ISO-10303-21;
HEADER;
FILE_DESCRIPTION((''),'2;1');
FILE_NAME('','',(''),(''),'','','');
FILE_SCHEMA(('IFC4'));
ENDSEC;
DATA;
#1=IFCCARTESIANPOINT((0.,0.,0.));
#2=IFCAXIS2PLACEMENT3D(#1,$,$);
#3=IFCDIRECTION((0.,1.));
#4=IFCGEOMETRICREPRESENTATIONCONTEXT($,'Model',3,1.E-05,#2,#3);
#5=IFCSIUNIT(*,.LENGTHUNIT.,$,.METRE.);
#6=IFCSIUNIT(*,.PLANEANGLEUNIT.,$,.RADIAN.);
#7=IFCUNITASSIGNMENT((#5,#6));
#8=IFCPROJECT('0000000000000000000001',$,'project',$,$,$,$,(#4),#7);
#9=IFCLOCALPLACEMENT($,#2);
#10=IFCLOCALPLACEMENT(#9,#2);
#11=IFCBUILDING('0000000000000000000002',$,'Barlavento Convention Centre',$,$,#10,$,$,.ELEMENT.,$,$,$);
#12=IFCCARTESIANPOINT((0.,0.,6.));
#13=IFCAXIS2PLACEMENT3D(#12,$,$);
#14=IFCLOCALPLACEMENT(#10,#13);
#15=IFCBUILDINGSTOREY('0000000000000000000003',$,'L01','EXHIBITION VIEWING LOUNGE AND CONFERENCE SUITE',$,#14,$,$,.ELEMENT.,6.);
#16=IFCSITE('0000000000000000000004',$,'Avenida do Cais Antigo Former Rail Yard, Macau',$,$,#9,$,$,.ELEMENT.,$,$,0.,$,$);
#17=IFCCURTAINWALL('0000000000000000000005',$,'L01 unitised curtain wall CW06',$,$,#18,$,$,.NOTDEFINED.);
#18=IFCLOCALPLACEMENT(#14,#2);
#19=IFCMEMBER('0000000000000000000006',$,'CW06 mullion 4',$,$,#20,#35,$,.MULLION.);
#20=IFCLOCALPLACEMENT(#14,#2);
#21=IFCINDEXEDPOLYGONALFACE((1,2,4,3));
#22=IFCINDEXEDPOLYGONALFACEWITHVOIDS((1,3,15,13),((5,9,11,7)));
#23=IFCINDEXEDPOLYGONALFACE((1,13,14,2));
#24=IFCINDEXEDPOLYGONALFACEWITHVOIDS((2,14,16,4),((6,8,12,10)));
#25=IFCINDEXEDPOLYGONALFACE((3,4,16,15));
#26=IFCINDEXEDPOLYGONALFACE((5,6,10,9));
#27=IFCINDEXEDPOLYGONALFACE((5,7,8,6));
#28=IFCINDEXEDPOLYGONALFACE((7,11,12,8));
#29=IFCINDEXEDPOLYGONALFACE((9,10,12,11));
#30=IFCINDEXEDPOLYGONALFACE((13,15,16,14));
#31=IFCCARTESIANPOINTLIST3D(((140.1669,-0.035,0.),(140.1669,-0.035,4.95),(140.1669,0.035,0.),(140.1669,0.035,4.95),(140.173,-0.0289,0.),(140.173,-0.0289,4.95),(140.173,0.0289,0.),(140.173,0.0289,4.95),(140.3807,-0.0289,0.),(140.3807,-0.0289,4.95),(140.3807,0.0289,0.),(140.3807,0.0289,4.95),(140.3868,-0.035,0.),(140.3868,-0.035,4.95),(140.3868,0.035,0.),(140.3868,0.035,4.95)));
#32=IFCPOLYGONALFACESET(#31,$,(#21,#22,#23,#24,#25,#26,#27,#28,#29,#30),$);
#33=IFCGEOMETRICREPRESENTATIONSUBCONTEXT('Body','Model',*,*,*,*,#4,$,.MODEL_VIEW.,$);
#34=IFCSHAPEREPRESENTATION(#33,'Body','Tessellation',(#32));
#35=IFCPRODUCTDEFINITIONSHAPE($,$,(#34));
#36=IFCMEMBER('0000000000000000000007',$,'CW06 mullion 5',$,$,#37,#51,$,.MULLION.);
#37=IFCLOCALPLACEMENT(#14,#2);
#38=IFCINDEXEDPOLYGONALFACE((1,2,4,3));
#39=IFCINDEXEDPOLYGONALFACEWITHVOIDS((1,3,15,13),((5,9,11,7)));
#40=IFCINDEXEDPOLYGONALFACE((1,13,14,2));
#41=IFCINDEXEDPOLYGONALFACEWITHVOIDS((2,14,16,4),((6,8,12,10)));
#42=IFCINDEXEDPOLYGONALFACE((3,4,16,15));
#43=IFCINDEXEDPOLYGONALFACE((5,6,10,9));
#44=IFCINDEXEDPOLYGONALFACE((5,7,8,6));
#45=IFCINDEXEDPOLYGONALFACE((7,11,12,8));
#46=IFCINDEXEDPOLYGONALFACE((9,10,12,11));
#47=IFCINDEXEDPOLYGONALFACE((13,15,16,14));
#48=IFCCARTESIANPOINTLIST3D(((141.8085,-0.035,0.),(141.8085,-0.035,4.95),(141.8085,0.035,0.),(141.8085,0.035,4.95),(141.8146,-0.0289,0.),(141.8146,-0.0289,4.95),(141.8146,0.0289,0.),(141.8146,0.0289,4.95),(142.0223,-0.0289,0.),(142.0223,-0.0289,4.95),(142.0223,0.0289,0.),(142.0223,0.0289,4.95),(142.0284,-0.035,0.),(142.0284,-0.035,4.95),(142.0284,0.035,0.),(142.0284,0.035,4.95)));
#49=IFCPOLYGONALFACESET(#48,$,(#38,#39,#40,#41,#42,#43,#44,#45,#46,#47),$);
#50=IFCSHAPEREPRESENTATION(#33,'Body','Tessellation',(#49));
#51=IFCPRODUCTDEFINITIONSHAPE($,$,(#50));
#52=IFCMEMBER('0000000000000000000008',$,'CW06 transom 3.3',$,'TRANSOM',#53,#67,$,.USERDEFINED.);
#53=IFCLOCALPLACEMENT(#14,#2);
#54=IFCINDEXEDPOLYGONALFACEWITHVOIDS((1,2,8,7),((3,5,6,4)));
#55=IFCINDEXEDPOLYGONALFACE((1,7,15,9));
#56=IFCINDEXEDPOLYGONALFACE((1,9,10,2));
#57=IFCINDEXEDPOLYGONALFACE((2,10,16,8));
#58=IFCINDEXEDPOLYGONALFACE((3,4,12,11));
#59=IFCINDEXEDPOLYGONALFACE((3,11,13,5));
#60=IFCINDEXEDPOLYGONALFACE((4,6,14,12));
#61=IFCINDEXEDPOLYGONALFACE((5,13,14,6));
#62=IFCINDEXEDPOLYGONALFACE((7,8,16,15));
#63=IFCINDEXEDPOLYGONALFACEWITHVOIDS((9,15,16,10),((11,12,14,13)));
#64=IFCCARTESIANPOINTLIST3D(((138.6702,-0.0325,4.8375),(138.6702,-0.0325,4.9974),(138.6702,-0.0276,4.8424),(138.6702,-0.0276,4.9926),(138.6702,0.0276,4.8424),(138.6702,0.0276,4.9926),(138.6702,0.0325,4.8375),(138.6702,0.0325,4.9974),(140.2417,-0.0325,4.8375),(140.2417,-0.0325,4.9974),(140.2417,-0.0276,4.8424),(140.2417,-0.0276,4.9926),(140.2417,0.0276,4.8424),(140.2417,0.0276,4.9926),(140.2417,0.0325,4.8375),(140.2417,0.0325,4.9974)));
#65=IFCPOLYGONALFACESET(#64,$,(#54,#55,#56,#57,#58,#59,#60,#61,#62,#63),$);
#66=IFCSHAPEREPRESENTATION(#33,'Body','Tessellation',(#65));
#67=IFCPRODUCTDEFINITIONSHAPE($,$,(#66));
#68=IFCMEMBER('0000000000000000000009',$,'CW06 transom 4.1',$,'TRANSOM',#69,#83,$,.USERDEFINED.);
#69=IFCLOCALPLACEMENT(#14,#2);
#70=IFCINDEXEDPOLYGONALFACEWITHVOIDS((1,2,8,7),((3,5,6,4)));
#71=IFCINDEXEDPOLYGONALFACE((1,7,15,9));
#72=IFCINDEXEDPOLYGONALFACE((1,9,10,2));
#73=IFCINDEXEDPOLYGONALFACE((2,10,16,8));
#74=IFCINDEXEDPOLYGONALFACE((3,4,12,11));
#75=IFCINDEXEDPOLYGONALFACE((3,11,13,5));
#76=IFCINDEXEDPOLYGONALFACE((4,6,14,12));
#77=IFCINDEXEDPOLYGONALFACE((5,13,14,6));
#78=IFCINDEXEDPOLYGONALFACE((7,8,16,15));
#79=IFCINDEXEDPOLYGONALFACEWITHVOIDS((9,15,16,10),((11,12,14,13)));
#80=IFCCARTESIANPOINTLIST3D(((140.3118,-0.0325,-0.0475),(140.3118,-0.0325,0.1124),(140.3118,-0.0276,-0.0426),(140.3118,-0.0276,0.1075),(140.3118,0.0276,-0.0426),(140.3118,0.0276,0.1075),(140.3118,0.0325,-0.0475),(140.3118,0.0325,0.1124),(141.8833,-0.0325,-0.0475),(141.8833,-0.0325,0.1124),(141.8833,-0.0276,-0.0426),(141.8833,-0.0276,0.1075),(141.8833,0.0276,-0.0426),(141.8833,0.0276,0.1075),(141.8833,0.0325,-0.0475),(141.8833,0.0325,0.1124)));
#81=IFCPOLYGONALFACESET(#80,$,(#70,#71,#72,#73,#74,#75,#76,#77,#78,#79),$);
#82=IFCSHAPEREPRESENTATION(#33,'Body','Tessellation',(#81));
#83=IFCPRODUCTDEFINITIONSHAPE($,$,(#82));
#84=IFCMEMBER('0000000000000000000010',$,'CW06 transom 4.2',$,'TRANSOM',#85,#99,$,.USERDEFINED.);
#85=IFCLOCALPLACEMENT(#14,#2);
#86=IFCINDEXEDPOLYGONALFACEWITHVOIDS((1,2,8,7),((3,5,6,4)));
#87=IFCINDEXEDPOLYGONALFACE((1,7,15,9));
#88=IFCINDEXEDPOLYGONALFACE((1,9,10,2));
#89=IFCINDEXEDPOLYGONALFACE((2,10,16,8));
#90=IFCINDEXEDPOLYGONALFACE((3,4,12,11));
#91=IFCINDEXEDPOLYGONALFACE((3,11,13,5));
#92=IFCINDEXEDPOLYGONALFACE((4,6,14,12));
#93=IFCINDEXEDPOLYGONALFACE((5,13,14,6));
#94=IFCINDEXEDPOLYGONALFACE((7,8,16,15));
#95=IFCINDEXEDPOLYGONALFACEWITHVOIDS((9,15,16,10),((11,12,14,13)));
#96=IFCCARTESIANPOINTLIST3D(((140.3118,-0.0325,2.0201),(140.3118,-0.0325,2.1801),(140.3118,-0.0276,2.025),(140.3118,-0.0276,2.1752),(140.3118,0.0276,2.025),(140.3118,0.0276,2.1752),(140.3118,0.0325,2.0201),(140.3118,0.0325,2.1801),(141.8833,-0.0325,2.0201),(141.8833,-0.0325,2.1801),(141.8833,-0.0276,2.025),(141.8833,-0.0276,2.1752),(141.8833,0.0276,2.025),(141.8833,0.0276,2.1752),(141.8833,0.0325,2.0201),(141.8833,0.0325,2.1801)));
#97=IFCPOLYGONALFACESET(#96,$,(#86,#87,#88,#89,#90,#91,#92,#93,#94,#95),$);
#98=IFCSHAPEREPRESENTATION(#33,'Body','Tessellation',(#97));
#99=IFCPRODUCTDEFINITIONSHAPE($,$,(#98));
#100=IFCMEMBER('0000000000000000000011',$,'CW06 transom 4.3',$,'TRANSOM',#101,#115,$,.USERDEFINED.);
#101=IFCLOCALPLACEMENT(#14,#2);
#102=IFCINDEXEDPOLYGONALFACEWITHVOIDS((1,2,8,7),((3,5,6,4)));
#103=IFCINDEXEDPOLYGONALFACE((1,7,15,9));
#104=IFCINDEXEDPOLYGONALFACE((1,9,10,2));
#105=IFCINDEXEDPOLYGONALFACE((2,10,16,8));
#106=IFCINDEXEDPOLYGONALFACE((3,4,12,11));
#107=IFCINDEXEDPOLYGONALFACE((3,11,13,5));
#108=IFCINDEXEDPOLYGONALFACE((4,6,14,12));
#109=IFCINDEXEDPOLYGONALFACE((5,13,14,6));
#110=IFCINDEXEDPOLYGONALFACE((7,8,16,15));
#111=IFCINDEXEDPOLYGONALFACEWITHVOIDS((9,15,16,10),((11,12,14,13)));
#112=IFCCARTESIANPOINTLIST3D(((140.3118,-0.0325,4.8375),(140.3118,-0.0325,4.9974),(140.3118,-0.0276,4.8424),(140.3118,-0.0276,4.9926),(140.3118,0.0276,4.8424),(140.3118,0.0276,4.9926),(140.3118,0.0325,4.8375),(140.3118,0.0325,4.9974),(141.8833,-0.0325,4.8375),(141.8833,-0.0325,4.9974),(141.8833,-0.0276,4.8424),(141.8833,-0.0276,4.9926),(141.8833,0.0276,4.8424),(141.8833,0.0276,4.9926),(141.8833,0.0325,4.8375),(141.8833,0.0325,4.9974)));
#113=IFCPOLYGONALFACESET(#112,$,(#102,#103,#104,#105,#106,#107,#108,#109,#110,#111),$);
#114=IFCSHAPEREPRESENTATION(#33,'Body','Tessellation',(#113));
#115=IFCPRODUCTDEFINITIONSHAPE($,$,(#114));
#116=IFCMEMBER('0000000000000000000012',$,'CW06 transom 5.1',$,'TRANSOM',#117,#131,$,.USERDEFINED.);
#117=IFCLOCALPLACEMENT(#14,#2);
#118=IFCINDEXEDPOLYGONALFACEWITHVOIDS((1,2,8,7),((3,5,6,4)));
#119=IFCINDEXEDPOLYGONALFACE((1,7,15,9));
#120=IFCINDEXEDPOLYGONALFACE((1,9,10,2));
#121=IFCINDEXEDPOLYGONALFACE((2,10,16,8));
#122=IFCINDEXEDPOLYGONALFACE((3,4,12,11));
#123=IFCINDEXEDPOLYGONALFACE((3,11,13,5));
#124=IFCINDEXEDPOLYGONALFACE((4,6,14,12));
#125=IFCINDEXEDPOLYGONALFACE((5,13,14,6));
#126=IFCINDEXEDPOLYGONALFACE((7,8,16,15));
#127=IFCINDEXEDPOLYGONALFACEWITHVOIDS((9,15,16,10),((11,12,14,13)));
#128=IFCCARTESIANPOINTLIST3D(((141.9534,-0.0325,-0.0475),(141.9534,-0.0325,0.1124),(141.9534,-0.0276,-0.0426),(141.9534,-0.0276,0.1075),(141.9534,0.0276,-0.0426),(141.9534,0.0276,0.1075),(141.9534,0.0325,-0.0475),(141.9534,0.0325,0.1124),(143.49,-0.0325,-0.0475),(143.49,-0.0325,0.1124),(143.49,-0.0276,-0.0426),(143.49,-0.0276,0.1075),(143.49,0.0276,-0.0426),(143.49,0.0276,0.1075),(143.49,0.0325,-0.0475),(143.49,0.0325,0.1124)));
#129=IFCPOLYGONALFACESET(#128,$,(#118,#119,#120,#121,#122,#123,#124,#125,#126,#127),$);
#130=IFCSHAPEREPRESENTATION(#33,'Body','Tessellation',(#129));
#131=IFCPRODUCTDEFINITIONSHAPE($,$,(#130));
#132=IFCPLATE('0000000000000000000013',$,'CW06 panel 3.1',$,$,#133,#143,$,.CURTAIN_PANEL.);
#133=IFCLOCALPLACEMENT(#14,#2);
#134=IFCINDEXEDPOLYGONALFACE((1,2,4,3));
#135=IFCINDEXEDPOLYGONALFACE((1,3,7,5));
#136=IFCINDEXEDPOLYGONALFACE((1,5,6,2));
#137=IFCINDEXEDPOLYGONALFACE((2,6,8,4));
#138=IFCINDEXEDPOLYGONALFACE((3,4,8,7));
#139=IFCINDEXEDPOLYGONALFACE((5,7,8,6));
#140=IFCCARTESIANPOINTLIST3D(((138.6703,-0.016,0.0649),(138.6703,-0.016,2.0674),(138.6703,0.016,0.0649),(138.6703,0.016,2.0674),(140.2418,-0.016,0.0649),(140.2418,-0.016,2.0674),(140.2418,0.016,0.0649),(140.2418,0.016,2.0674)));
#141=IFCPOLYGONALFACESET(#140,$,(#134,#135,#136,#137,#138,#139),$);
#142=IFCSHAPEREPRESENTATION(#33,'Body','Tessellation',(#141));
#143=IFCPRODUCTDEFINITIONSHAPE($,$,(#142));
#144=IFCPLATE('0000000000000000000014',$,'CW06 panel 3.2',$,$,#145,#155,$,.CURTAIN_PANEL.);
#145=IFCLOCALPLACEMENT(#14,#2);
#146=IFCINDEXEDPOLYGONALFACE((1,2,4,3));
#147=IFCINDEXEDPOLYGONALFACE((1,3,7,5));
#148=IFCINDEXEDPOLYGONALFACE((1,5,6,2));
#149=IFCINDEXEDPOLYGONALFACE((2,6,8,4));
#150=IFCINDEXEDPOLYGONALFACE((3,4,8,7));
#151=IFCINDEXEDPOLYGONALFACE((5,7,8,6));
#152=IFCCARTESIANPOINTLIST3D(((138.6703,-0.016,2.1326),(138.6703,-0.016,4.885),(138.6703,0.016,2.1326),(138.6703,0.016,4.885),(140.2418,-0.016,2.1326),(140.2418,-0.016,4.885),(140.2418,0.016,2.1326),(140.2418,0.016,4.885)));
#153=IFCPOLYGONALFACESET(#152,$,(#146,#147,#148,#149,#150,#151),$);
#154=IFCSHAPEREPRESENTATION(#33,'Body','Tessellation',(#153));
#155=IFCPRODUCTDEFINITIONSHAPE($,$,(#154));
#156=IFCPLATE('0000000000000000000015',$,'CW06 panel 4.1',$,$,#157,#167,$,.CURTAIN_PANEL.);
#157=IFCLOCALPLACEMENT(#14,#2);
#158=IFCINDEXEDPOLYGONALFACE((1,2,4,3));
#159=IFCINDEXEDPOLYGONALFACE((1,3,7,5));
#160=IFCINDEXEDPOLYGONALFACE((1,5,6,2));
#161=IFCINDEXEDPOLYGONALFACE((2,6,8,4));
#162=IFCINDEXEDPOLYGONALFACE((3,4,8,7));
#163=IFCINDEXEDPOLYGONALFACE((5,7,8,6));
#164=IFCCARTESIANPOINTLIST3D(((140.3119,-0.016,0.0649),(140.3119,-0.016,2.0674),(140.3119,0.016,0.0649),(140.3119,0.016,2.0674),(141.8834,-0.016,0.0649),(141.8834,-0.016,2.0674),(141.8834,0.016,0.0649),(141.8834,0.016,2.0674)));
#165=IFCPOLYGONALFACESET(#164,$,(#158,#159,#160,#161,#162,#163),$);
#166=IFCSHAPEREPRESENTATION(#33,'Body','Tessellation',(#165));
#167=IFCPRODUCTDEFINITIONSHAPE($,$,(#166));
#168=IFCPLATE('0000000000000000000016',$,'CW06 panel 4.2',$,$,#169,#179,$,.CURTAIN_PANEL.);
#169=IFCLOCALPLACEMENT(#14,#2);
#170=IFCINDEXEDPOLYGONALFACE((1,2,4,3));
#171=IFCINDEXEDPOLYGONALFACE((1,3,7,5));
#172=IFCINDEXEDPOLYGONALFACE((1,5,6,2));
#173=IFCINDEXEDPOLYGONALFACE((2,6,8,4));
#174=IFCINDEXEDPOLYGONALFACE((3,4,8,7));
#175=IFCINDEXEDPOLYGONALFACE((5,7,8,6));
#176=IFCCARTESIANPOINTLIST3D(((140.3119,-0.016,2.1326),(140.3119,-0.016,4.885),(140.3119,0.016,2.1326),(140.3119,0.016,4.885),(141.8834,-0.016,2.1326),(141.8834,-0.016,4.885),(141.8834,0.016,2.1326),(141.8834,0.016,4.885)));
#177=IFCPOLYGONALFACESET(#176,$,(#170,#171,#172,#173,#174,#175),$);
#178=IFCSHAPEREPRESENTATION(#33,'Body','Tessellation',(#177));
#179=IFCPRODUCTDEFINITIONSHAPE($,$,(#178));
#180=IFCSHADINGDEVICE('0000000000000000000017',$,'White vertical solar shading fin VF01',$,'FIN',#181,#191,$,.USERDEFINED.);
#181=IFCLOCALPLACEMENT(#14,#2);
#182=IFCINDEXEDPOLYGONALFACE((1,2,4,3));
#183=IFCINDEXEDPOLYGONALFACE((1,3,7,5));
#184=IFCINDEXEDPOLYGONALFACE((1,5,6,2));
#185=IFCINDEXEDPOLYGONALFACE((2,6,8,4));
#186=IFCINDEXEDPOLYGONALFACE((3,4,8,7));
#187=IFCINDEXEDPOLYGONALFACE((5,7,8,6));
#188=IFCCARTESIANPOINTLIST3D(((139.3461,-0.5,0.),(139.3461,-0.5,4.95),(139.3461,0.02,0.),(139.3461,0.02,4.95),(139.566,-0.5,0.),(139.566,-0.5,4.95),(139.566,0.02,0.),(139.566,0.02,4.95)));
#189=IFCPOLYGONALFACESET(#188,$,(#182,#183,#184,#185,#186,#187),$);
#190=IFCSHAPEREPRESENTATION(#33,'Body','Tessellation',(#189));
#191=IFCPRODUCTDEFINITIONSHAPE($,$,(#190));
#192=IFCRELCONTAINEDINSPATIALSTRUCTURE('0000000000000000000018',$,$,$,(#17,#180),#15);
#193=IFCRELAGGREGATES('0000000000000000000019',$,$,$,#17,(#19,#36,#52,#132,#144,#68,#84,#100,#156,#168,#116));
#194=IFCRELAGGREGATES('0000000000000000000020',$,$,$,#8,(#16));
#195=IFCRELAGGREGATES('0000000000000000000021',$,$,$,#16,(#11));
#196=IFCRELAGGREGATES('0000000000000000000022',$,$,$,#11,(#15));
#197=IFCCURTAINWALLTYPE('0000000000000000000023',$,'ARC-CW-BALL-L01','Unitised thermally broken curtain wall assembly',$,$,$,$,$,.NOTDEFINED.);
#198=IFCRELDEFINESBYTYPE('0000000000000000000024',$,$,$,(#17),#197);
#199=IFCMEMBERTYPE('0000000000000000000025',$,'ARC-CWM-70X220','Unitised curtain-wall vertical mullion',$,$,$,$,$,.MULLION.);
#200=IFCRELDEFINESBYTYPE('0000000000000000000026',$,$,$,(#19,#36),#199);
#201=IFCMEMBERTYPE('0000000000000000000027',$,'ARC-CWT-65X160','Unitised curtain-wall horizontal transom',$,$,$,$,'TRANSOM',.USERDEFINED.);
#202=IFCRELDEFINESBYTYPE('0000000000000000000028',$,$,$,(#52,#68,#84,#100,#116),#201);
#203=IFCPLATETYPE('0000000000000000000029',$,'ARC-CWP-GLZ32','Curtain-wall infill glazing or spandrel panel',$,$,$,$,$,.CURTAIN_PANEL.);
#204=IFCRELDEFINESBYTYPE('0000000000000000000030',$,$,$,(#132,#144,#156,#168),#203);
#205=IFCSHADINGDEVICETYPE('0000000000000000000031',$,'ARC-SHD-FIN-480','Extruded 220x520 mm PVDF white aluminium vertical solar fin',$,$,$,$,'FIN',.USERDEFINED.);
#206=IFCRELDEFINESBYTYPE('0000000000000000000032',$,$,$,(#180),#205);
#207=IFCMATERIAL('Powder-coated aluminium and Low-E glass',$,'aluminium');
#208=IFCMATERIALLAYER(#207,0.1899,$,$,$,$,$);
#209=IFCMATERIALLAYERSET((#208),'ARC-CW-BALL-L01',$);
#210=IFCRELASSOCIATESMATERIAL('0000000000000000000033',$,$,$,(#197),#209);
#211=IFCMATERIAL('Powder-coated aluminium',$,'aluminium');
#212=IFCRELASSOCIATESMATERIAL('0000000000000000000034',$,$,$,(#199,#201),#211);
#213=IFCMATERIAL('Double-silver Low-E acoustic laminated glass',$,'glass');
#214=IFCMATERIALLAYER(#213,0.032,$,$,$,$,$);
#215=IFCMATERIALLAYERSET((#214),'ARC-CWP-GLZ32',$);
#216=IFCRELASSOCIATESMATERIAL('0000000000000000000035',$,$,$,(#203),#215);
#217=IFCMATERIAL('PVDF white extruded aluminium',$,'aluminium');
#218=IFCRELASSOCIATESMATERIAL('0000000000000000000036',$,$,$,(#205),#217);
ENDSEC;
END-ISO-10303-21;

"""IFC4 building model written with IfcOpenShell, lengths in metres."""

from ifc_helpers import new_model, si_unit, direction, frame, origin, origin_2d, place, context, subcontext, project, spatial, rectangle, hollow_rectangle, extrude, material, layer, layer_set, material_profile, profile_set, type_object, element, aggregate, save


model = new_model("IFC4")

# Units and contexts
model_context = context("Model", 3, precision=1e-05, world=origin(), true_north=direction((0.0, 1.0)))
body_context = subcontext(model_context, "Body", "Model", "MODEL_VIEW")
ifc_project = project(units=[si_unit("LENGTHUNIT", "METRE"), si_unit("PLANEANGLEUNIT", "RADIAN")], contexts=[model_context])

# Site, building, storey
site_placement = place(None, origin())
site = spatial("IfcSite", under=ifc_project, at=site_placement, Name="Avenida do Cais Antigo Former Rail Yard, Macau", CompositionType="ELEMENT", RefElevation=0.0)
building_placement = place(site_placement, origin())
building = spatial("IfcBuilding", under=site, at=building_placement, Name="Barlavento Convention Centre", CompositionType="ELEMENT")
storey_placement = place(building_placement, frame((0.0, 0.0, 6.0)))
storey = spatial("IfcBuildingStorey", under=building, at=storey_placement, Name="L01", Description="EXHIBITION VIEWING LOUNGE AND CONFERENCE SUITE", CompositionType="ELEMENT", Elevation=6.0)

# Curtain wall, members, plates
ifc_material_1 = material(Name="Powder-coated aluminium and Low-E glass", Category="aluminium")
ifc_layer_1 = layer(ifc_material_1, 0.1899)
ifc_layer_set_1 = layer_set([ifc_layer_1], Name="ARC-CW-BALL-L01")
curtain_wall_type = type_object("IfcCurtainWallType", Name="ARC-CW-BALL-L01", Description="Unitised thermally broken curtain wall assembly", PredefinedType="NOTDEFINED", material=ifc_layer_set_1)
curtain_wall_placement = place(storey_placement, origin())
curtain_wall = element("IfcCurtainWall", 1, at=curtain_wall_placement, inside=storey, type_object=curtain_wall_type, Name="L01 unitised curtain wall CW06", PredefinedType="NOTDEFINED")
ifc_material_2 = material(Name="Powder-coated aluminium", Category="aluminium")
ifc_material_profile_1 = material_profile(ifc_material_2, hollow_rectangle(XDim=0.0701, YDim=0.22, WallThickness=0.0061, at=origin_2d()), Name="AL-MULL 70x220x6")
ifc_profile_set_1 = profile_set([ifc_material_profile_1], Name="Powder-coated aluminium")
member_type_1 = type_object("IfcMemberType", Name="ARC-CWM-70X220", Description="Unitised curtain-wall vertical mullion", PredefinedType="MULLION", material=ifc_profile_set_1)
member_1_placement = place(storey_placement, frame((140.2769, 0.0, 0.0), z_axis=(0.0, 0.0, 1.0), x_axis=(0.0, 1.0, 0.0)))
member_1 = element("IfcMember", 2, at=member_1_placement, type_object=member_type_1, Name="CW06 mullion 4", PredefinedType="MULLION", context=body_context, shape_type="SweptSolid", body=[
    extrude(hollow_rectangle(XDim=0.0701, YDim=0.22, WallThickness=0.0061, at=origin_2d()), origin(), (0.0, 0.0, 1.0), 4.95),
])
member_2_placement = place(storey_placement, frame((141.9185, 0.0, 0.0), z_axis=(0.0, 0.0, 1.0), x_axis=(0.0, 1.0, 0.0)))
member_2 = element("IfcMember", 3, at=member_2_placement, type_object=member_type_1, Name="CW06 mullion 5", PredefinedType="MULLION", context=body_context, shape_type="SweptSolid", body=[
    extrude(hollow_rectangle(XDim=0.0701, YDim=0.22, WallThickness=0.0061, at=origin_2d()), origin(), (0.0, 0.0, 1.0), 4.95),
])
ifc_material_profile_2 = material_profile(ifc_material_2, hollow_rectangle(XDim=0.0649, YDim=0.1599, WallThickness=0.0049, at=origin_2d()), Name="AL-TRAN 65x160x5")
ifc_profile_set_2 = profile_set([ifc_material_profile_2], Name="Powder-coated aluminium")
member_type_2 = type_object("IfcMemberType", Name="ARC-CWT-65X160", Description="Unitised curtain-wall horizontal transom", ElementType="TRANSOM", PredefinedType="USERDEFINED", material=ifc_profile_set_2)
member_3_placement = place(storey_placement, frame((138.6702, 0.0, 4.9175), z_axis=(1.0, 0.0, 0.0), x_axis=(0.0, 1.0, 0.0)))
member_3 = element("IfcMember", 4, at=member_3_placement, type_object=member_type_2, Name="CW06 transom 3.3", ObjectType="TRANSOM", PredefinedType="USERDEFINED", context=body_context, shape_type="SweptSolid", body=[
    extrude(hollow_rectangle(XDim=0.0649, YDim=0.1599, WallThickness=0.0049, at=origin_2d()), origin(), (0.0, 0.0, 1.0), 1.5715),
])
member_4_placement = place(storey_placement, frame((140.3118, 0.0, 0.0325), z_axis=(1.0, 0.0, 0.0), x_axis=(0.0, 1.0, 0.0)))
member_4 = element("IfcMember", 5, at=member_4_placement, type_object=member_type_2, Name="CW06 transom 4.1", ObjectType="TRANSOM", PredefinedType="USERDEFINED", context=body_context, shape_type="SweptSolid", body=[
    extrude(hollow_rectangle(XDim=0.0649, YDim=0.1599, WallThickness=0.0049, at=origin_2d()), origin(), (0.0, 0.0, 1.0), 1.5715),
])
member_5_placement = place(storey_placement, frame((140.3118, 0.0, 2.1001), z_axis=(1.0, 0.0, 0.0), x_axis=(0.0, 1.0, 0.0)))
member_5 = element("IfcMember", 6, at=member_5_placement, type_object=member_type_2, Name="CW06 transom 4.2", ObjectType="TRANSOM", PredefinedType="USERDEFINED", context=body_context, shape_type="SweptSolid", body=[
    extrude(hollow_rectangle(XDim=0.0649, YDim=0.1599, WallThickness=0.0049, at=origin_2d()), origin(), (0.0, 0.0, 1.0), 1.5715),
])
member_6_placement = place(storey_placement, frame((140.3118, 0.0, 4.9175), z_axis=(1.0, 0.0, 0.0), x_axis=(0.0, 1.0, 0.0)))
member_6 = element("IfcMember", 7, at=member_6_placement, type_object=member_type_2, Name="CW06 transom 4.3", ObjectType="TRANSOM", PredefinedType="USERDEFINED", context=body_context, shape_type="SweptSolid", body=[
    extrude(hollow_rectangle(XDim=0.0649, YDim=0.1599, WallThickness=0.0049, at=origin_2d()), origin(), (0.0, 0.0, 1.0), 1.5715),
])
member_7_placement = place(storey_placement, frame((141.9534, 0.0, 0.0325), z_axis=(1.0, 0.0, 0.0), x_axis=(0.0, 1.0, 0.0)))
member_7 = element("IfcMember", 8, at=member_7_placement, type_object=member_type_2, Name="CW06 transom 5.1", ObjectType="TRANSOM", PredefinedType="USERDEFINED", context=body_context, shape_type="SweptSolid", body=[
    extrude(hollow_rectangle(XDim=0.0649, YDim=0.1599, WallThickness=0.0049, at=origin_2d()), origin(), (0.0, 0.0, 1.0), 1.5366),
])
ifc_material_3 = material(Name="Double-silver Low-E acoustic laminated glass", Category="glass")
ifc_layer_2 = layer(ifc_material_3, 0.032)
ifc_layer_set_2 = layer_set([ifc_layer_2], Name="ARC-CWP-GLZ32")
plate_type = type_object("IfcPlateType", Name="ARC-CWP-GLZ32", Description="Curtain-wall infill glazing or spandrel panel", PredefinedType="CURTAIN_PANEL", material=ifc_layer_set_2)
plate_1_placement = place(storey_placement, frame((139.4561, 0.0, 0.0649), z_axis=(0.0, 0.0, 1.0), x_axis=(1.0, 0.0, 0.0)))
plate_1 = element("IfcPlate", 9, at=plate_1_placement, type_object=plate_type, Name="CW06 panel 3.1", PredefinedType="CURTAIN_PANEL", context=body_context, shape_type="SweptSolid", body=[
    extrude(rectangle(XDim=1.5715, YDim=0.032, at=origin_2d()), origin(), (0.0, 0.0, 1.0), 2.0024),
])
plate_2_placement = place(storey_placement, frame((139.4561, 0.0, 2.1326), z_axis=(0.0, 0.0, 1.0), x_axis=(1.0, 0.0, 0.0)))
plate_2 = element("IfcPlate", 10, at=plate_2_placement, type_object=plate_type, Name="CW06 panel 3.2", PredefinedType="CURTAIN_PANEL", context=body_context, shape_type="SweptSolid", body=[
    extrude(rectangle(XDim=1.5715, YDim=0.032, at=origin_2d()), origin(), (0.0, 0.0, 1.0), 2.7524),
])
plate_3_placement = place(storey_placement, frame((141.0977, 0.0, 0.0649), z_axis=(0.0, 0.0, 1.0), x_axis=(1.0, 0.0, 0.0)))
plate_3 = element("IfcPlate", 11, at=plate_3_placement, type_object=plate_type, Name="CW06 panel 4.1", PredefinedType="CURTAIN_PANEL", context=body_context, shape_type="SweptSolid", body=[
    extrude(rectangle(XDim=1.5715, YDim=0.032, at=origin_2d()), origin(), (0.0, 0.0, 1.0), 2.0024),
])
plate_4_placement = place(storey_placement, frame((141.0977, 0.0, 2.1326), z_axis=(0.0, 0.0, 1.0), x_axis=(1.0, 0.0, 0.0)))
plate_4 = element("IfcPlate", 12, at=plate_4_placement, type_object=plate_type, Name="CW06 panel 4.2", PredefinedType="CURTAIN_PANEL", context=body_context, shape_type="SweptSolid", body=[
    extrude(rectangle(XDim=1.5715, YDim=0.032, at=origin_2d()), origin(), (0.0, 0.0, 1.0), 2.7524),
])
aggregate(curtain_wall, [member_1, member_2, member_3, plate_1, plate_2, member_4, member_5, member_6, plate_3, plate_4, member_7])

# Shading device
ifc_material_4 = material(Name="PVDF white extruded aluminium", Category="aluminium")
shading_device_type = type_object("IfcShadingDeviceType", Name="ARC-SHD-FIN-480", Description="Extruded 220x520 mm PVDF white aluminium vertical solar fin", ElementType="FIN", PredefinedType="USERDEFINED", material=ifc_material_4)
for number, where, z_axis, x_axis, name in (
    (13, (139.4561, -0.24, 0.0), (0.0, 0.0, 1.0), (1.0, 0.0, 0.0), "White vertical solar shading fin VF01"),
):
    element("IfcShadingDevice", number, at=place(storey_placement, frame(where, z_axis=z_axis, x_axis=x_axis)), inside=storey, type_object=shading_device_type, Name=name, ObjectType="FIN", PredefinedType="USERDEFINED", context=body_context, shape_type="SweptSolid", body=[
        extrude(rectangle(XDim=0.22, YDim=0.52, at=origin_2d()), origin(), (0.0, 0.0, 1.0), 4.95),
    ])

save(model, "model.ifc")
